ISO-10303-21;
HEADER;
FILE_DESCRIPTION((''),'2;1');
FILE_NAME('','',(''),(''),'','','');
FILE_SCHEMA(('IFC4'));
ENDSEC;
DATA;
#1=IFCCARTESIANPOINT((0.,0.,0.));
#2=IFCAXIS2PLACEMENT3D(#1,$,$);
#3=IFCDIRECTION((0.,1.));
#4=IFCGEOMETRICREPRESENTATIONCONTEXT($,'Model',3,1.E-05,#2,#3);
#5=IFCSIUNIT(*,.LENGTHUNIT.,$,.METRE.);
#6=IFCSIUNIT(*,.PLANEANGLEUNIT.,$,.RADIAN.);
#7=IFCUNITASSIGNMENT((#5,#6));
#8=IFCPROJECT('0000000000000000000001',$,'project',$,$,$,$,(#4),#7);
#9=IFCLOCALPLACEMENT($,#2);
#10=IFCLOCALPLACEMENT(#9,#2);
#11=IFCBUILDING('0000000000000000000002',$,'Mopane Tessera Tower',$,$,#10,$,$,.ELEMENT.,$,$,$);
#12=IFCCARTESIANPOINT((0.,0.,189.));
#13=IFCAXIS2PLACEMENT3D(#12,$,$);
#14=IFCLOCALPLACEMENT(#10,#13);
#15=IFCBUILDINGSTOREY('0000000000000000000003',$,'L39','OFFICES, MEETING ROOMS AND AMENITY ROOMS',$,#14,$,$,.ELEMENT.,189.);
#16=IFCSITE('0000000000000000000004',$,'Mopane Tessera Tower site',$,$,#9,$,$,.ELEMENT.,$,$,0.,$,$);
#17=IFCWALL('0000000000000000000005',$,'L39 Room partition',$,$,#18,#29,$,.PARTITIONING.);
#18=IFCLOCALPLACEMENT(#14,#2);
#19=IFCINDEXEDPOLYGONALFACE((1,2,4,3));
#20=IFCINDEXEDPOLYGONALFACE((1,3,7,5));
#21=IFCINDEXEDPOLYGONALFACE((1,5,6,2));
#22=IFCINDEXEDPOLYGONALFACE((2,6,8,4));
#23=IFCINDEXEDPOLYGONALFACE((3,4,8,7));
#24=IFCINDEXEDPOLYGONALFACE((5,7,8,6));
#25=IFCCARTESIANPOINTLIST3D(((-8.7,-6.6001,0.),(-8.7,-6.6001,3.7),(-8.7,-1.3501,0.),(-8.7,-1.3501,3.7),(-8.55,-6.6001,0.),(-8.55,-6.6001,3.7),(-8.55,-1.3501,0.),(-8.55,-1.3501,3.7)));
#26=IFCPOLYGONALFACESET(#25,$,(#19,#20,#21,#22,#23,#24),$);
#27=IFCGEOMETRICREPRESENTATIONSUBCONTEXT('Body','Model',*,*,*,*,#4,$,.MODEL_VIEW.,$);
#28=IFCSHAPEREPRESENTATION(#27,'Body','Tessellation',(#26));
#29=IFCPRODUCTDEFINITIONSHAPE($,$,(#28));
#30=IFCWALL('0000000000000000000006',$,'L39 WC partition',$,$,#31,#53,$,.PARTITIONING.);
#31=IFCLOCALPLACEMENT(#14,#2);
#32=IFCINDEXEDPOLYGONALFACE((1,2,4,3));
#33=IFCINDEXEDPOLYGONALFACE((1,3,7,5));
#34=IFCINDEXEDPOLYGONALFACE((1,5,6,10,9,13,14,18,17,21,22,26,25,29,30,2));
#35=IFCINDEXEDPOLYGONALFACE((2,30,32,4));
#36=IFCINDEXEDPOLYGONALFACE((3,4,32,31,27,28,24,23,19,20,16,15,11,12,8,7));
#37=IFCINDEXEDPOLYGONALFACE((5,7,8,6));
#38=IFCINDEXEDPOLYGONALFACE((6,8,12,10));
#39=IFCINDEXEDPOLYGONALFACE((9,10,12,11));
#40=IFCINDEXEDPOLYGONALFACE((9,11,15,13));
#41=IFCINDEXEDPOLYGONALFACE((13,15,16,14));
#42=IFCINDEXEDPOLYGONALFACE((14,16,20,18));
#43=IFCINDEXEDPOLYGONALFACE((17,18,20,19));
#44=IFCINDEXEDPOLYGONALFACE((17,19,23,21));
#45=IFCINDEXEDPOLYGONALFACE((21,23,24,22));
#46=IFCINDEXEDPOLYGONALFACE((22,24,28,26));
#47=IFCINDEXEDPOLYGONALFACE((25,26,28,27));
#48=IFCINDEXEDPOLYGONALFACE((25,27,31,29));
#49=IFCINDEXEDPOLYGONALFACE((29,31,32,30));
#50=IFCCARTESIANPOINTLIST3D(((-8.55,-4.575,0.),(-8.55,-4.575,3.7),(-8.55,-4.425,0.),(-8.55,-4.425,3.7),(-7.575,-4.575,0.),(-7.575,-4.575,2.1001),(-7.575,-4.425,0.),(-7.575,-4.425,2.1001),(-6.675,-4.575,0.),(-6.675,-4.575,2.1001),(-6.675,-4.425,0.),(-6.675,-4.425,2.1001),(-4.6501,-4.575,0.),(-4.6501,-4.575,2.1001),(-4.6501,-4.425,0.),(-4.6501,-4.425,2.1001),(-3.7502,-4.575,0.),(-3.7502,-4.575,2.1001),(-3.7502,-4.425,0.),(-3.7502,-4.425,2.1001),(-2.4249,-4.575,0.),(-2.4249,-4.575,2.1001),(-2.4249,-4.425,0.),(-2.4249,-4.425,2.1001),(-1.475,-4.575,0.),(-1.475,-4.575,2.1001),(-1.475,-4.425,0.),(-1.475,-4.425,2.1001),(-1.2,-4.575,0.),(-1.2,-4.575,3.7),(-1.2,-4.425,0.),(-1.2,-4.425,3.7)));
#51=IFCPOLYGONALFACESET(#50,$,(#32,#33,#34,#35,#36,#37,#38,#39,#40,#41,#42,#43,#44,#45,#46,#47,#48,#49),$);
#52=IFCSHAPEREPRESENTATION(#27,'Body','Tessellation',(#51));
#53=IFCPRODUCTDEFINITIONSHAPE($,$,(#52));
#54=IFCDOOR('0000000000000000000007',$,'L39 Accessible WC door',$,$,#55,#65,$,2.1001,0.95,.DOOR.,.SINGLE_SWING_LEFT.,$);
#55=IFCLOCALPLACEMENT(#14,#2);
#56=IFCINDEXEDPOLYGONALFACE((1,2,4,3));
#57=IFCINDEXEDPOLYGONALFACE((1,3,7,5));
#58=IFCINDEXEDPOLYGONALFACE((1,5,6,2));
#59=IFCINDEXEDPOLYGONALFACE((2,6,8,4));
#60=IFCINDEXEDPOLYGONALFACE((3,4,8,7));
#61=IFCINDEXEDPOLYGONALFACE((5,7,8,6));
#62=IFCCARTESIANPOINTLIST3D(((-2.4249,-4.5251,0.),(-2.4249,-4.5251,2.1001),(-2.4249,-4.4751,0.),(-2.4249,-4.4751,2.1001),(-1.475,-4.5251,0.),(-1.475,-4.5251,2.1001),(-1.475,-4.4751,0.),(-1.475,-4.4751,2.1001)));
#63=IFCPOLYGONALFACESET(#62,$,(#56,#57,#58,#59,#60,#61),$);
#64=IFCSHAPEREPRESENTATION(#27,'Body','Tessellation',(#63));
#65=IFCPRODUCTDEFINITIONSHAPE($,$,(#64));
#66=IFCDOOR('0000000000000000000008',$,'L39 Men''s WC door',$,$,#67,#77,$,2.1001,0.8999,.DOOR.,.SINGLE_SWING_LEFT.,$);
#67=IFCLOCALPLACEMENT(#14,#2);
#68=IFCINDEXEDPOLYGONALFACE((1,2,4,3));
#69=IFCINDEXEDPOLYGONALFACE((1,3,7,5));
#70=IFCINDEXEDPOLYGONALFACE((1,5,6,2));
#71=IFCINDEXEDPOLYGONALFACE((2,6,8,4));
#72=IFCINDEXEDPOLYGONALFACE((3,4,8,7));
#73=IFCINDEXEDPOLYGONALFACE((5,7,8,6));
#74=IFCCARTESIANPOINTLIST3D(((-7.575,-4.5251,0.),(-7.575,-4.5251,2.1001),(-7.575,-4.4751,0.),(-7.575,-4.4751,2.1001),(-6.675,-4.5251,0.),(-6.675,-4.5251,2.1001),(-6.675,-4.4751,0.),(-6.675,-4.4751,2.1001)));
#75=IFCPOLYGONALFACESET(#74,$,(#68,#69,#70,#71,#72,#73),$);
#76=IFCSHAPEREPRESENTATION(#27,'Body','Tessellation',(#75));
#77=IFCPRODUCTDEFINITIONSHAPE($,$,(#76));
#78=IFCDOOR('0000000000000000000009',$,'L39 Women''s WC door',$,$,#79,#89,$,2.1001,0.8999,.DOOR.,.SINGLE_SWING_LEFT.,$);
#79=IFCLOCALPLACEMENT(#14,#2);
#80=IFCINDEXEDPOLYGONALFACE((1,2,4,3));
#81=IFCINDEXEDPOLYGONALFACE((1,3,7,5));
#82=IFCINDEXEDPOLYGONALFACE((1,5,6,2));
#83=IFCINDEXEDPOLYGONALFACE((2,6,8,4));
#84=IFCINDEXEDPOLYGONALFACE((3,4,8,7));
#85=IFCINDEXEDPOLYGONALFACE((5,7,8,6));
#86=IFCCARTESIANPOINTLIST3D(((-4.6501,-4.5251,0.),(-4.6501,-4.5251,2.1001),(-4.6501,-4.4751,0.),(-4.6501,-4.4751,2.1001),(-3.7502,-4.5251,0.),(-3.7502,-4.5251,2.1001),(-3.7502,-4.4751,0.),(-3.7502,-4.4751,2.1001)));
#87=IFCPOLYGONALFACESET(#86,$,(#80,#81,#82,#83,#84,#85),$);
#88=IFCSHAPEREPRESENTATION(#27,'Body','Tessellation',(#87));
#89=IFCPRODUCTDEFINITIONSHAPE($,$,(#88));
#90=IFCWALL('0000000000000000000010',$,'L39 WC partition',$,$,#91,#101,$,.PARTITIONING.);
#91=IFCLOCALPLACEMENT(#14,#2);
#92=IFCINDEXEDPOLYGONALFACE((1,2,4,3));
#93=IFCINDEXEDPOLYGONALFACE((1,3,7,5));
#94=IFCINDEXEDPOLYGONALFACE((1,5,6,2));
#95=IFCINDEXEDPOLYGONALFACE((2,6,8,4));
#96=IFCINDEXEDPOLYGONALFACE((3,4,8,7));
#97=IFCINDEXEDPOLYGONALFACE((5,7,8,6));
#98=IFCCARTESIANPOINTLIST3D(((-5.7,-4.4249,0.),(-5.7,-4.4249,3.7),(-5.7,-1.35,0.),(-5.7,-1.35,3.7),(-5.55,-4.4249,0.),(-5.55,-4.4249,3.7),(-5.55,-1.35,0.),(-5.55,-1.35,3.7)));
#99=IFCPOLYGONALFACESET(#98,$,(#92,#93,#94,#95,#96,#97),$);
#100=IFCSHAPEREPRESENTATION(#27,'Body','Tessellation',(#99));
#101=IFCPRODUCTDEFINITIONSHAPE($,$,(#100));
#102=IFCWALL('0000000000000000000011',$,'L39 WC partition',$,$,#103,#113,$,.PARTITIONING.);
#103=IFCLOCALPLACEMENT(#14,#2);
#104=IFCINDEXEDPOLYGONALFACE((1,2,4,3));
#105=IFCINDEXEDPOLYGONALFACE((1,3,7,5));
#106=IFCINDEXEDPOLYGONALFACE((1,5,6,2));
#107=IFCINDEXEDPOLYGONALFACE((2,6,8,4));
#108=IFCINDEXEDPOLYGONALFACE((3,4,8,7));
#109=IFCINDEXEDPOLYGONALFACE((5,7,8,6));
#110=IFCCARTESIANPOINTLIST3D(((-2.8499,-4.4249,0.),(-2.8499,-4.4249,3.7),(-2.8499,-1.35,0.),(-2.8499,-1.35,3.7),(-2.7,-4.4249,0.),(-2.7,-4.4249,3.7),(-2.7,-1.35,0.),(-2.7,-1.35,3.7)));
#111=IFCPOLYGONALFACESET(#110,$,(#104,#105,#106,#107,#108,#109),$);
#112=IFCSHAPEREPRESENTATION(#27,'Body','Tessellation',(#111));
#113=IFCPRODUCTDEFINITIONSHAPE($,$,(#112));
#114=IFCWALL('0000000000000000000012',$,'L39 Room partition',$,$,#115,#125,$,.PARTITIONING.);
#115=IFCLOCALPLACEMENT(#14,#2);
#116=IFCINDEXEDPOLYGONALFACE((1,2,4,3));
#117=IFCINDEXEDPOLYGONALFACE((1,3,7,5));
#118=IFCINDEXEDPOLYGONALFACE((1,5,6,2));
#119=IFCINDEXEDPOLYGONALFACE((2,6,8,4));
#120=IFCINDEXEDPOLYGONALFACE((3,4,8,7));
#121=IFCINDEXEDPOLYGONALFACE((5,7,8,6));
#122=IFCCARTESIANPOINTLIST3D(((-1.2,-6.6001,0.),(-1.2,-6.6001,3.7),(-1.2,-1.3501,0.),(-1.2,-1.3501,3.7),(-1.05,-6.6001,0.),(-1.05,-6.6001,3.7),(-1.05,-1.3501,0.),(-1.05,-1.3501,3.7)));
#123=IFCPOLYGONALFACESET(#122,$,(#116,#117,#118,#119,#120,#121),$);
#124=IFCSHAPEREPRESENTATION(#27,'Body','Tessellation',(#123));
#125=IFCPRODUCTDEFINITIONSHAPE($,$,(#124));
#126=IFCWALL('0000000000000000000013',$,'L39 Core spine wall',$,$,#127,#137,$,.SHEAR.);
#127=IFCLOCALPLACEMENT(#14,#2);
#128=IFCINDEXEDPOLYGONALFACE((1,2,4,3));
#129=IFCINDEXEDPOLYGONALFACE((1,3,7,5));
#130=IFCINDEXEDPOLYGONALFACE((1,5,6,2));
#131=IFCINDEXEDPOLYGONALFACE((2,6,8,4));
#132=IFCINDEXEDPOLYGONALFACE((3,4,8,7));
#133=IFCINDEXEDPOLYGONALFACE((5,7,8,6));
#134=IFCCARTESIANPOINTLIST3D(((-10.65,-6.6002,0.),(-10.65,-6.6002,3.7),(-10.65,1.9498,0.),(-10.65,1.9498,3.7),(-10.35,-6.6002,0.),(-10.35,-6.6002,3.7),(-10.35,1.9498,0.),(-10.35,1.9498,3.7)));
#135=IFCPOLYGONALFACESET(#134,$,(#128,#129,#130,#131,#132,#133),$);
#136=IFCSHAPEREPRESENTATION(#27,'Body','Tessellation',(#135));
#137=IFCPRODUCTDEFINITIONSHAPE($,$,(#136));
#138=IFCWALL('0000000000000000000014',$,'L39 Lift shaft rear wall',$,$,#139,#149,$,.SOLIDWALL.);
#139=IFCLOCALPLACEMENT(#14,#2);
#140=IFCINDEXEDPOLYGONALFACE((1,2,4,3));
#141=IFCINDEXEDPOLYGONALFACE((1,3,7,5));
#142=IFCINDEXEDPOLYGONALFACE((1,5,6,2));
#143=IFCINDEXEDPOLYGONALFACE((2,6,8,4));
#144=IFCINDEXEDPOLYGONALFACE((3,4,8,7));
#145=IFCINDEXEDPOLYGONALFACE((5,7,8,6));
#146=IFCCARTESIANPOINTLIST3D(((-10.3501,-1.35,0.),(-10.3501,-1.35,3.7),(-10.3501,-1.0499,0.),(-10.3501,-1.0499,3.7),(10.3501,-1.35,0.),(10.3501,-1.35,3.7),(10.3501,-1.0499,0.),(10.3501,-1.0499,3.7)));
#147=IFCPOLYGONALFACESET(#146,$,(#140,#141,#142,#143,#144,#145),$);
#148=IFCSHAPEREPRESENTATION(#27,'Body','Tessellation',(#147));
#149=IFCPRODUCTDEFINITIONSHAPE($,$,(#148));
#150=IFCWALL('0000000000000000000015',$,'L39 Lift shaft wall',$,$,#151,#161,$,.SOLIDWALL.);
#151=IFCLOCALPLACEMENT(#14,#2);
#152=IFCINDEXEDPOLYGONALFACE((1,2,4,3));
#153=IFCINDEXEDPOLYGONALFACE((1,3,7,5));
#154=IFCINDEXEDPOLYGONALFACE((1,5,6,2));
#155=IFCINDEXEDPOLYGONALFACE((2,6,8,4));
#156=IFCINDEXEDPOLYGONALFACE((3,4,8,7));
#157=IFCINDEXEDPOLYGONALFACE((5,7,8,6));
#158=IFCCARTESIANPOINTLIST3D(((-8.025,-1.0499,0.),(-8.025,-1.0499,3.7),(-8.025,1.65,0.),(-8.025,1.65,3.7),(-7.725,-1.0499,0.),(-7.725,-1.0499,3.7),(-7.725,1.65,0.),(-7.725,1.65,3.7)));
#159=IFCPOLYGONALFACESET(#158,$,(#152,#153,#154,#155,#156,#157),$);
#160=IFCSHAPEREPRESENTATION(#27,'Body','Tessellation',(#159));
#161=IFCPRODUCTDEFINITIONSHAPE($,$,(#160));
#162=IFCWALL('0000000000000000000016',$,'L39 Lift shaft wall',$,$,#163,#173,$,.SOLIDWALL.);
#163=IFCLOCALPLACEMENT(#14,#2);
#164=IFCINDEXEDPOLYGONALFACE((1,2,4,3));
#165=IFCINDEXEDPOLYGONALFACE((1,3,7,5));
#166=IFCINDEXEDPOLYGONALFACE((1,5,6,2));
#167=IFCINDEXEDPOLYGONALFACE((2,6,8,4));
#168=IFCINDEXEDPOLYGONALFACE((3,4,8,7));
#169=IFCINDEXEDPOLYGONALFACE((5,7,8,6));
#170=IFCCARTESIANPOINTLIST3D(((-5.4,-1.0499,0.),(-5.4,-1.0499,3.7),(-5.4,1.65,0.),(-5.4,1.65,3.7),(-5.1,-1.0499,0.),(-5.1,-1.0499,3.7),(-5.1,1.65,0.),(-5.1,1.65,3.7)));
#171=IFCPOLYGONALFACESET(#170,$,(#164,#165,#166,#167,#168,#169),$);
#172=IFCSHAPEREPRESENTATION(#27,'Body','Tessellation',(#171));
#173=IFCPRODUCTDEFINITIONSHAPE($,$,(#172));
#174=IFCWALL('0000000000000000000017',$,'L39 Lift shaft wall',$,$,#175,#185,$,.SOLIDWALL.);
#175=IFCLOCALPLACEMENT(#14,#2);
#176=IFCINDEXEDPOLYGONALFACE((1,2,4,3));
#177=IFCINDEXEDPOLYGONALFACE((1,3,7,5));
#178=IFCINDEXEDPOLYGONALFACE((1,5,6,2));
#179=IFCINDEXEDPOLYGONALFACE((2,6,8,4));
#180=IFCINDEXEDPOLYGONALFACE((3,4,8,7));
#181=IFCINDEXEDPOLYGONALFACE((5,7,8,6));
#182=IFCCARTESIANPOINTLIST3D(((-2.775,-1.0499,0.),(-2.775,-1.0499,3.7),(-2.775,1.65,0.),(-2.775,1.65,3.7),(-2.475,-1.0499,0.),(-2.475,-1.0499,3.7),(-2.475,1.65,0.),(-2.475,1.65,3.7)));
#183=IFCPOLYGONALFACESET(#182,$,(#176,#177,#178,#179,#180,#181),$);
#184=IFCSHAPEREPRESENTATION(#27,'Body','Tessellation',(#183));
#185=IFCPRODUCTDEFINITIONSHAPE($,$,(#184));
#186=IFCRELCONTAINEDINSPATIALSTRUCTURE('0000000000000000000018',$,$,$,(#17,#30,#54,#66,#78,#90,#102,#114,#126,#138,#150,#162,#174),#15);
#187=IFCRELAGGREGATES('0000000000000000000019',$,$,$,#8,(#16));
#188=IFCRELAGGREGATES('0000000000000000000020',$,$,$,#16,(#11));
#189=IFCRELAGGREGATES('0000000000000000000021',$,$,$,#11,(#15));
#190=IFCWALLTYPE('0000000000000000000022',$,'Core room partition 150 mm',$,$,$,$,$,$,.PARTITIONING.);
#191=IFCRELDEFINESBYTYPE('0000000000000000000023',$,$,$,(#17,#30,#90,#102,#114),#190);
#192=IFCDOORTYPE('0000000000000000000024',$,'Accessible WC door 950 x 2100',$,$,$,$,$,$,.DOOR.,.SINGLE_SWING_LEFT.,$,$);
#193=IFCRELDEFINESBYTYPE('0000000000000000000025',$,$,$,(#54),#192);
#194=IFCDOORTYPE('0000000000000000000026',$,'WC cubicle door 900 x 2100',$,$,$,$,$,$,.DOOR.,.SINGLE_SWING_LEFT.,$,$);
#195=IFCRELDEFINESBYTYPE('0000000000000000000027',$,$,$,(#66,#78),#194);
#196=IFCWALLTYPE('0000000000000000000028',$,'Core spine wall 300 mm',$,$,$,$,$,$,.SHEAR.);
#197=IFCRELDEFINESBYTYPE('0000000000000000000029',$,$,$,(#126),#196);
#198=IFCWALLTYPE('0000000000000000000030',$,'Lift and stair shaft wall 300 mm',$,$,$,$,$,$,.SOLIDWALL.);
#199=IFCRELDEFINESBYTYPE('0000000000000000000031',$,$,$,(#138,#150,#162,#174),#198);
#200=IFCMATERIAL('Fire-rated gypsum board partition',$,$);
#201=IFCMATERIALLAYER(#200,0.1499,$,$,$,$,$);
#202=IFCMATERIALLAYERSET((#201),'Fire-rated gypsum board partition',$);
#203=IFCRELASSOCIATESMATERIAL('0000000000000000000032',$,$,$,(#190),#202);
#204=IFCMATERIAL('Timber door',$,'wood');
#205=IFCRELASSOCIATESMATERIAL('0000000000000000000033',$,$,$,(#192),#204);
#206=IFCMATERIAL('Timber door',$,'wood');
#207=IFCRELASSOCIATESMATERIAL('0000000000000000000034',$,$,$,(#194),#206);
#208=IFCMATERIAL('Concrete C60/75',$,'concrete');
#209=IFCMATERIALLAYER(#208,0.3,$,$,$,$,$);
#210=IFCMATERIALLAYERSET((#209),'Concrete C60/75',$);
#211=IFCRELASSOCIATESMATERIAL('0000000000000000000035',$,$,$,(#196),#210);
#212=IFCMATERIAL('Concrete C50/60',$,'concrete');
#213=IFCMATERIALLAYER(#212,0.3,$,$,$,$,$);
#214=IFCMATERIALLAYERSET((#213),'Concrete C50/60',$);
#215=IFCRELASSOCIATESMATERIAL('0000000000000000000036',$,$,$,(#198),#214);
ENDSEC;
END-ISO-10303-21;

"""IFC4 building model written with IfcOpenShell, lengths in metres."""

from ifc_helpers import new_model, si_unit, direction, frame, frame_2d, origin, place, context, subcontext, project, spatial, rectangle, extrude, material, layer, layer_set, type_object, element, fill, save


model = new_model("IFC4")

# Units and contexts
model_context = context("Model", 3, precision=1e-05, world=origin(), true_north=direction((0.0, 1.0)))
body_context = subcontext(model_context, "Body", "Model", "MODEL_VIEW")
ifc_project = project(units=[si_unit("LENGTHUNIT", "METRE"), si_unit("PLANEANGLEUNIT", "RADIAN")], contexts=[model_context])

# Site, building, storey
site_placement = place(None, origin())
site = spatial("IfcSite", under=ifc_project, at=site_placement, Name="Mopane Tessera Tower site", CompositionType="ELEMENT", RefElevation=0.0)
building_placement = place(site_placement, origin())
building = spatial("IfcBuilding", under=site, at=building_placement, Name="Mopane Tessera Tower", CompositionType="ELEMENT")
storey_placement = place(building_placement, frame((0.0, 0.0, 189.0)))
storey = spatial("IfcBuildingStorey", under=building, at=storey_placement, Name="L39", Description="OFFICES, MEETING ROOMS AND AMENITY ROOMS", CompositionType="ELEMENT", Elevation=189.0)

# Wall
ifc_material_1 = material(Name="Fire-rated gypsum board partition")
ifc_layer_1 = layer(ifc_material_1, 0.1499)
ifc_layer_set_1 = layer_set([ifc_layer_1], Name="Fire-rated gypsum board partition")
wall_type_1 = type_object("IfcWallType", Name="Core room partition 150 mm", PredefinedType="PARTITIONING", material=ifc_layer_set_1)
wall_1_placement = place(storey_placement, frame((-8.625, -6.6001, 0.0), z_axis=(0.0, 0.0, 1.0), x_axis=(0.0, 1.0, 0.0)))
element("IfcWall", 1, at=wall_1_placement, inside=storey, type_object=wall_type_1, Name="L39 Room partition", PredefinedType="PARTITIONING", context=body_context, shape_type="SweptSolid", body=[
    extrude(rectangle(XDim=5.25, YDim=0.1499, at=frame_2d((2.625, 0.0))), origin(), (0.0, 0.0, 1.0), 3.7),
])

# Wall, openings, doors
wall_2_placement = place(storey_placement, frame((-8.55, -4.5, 0.0), z_axis=(0.0, 0.0, 1.0), x_axis=(1.0, 0.0, 0.0)))
wall_2 = element("IfcWall", 2, at=wall_2_placement, inside=storey, type_object=wall_type_1, Name="L39 WC partition", PredefinedType="PARTITIONING", context=body_context, shape_type="SweptSolid", body=[
    extrude(rectangle(XDim=7.3501, YDim=0.1499, at=frame_2d((3.675, 0.0))), origin(), (0.0, 0.0, 1.0), 3.7),
])
opening_1_placement = place(wall_2_placement, frame((0.9751, 0.0, 0.0)))
opening_1 = element("IfcOpeningElement", 3, at=opening_1_placement, cuts=wall_2, PredefinedType="OPENING", context=body_context, shape_type="SweptSolid", body=[
    extrude(rectangle(XDim=0.8999, YDim=2.1001, at=frame_2d((0.45, 1.05))), frame((0.0, 0.0869, 0.0), z_axis=(0.0, -1.0, 0.0), x_axis=(1.0, 0.0, 0.0)), (0.0, 0.0, 1.0), 0.1738),
])
opening_2_placement = place(wall_2_placement, frame((3.8999, 0.0, 0.0)))
opening_2 = element("IfcOpeningElement", 4, at=opening_2_placement, cuts=wall_2, PredefinedType="OPENING", context=body_context, shape_type="SweptSolid", body=[
    extrude(rectangle(XDim=0.8999, YDim=2.1001, at=frame_2d((0.45, 1.05))), frame((0.0, 0.0869, 0.0), z_axis=(0.0, -1.0, 0.0), x_axis=(1.0, 0.0, 0.0)), (0.0, 0.0, 1.0), 0.1738),
])
opening_3_placement = place(wall_2_placement, frame((6.125, 0.0, 0.0)))
opening_3 = element("IfcOpeningElement", 5, at=opening_3_placement, cuts=wall_2, PredefinedType="OPENING", context=body_context, shape_type="SweptSolid", body=[
    extrude(rectangle(XDim=0.95, YDim=2.1001, at=frame_2d((0.4751, 1.05))), frame((0.0, 0.0869, 0.0), z_axis=(0.0, -1.0, 0.0), x_axis=(1.0, 0.0, 0.0)), (0.0, 0.0, 1.0), 0.1738),
])
ifc_material_2 = material(Name="Timber door", Category="wood")
door_type_1 = type_object("IfcDoorType", Name="Accessible WC door 950 x 2100", OperationType="SINGLE_SWING_LEFT", PredefinedType="DOOR", material=ifc_material_2)
door_1_placement = place(opening_3_placement, origin())
door_1 = element("IfcDoor", 6, at=door_1_placement, inside=storey, type_object=door_type_1, Name="L39 Accessible WC door", OperationType="SINGLE_SWING_LEFT", OverallHeight=2.1001, OverallWidth=0.95, PredefinedType="DOOR", context=body_context, shape_type="SweptSolid", body=[
    extrude(rectangle(XDim=0.95, YDim=2.1001, at=frame_2d((0.4751, 1.05))), frame((0.0, 0.0249, 0.0), z_axis=(0.0, -1.0, 0.0), x_axis=(1.0, 0.0, 0.0)), (0.0, 0.0, 1.0), 0.05),
])
fill(opening_3, door_1)
ifc_material_3 = material(Name="Timber door", Category="wood")
door_type_2 = type_object("IfcDoorType", Name="WC cubicle door 900 x 2100", OperationType="SINGLE_SWING_LEFT", PredefinedType="DOOR", material=ifc_material_3)
door_2_placement = place(opening_1_placement, origin())
door_2 = element("IfcDoor", 7, at=door_2_placement, inside=storey, type_object=door_type_2, Name="L39 Men's WC door", OperationType="SINGLE_SWING_LEFT", OverallHeight=2.1001, OverallWidth=0.8999, PredefinedType="DOOR", context=body_context, shape_type="SweptSolid", body=[
    extrude(rectangle(XDim=0.8999, YDim=2.1001, at=frame_2d((0.45, 1.05))), frame((0.0, 0.0249, 0.0), z_axis=(0.0, -1.0, 0.0), x_axis=(1.0, 0.0, 0.0)), (0.0, 0.0, 1.0), 0.05),
])
fill(opening_1, door_2)
door_3_placement = place(opening_2_placement, origin())
door_3 = element("IfcDoor", 8, at=door_3_placement, inside=storey, type_object=door_type_2, Name="L39 Women's WC door", OperationType="SINGLE_SWING_LEFT", OverallHeight=2.1001, OverallWidth=0.8999, PredefinedType="DOOR", context=body_context, shape_type="SweptSolid", body=[
    extrude(rectangle(XDim=0.8999, YDim=2.1001, at=frame_2d((0.45, 1.05))), frame((0.0, 0.0249, 0.0), z_axis=(0.0, -1.0, 0.0), x_axis=(1.0, 0.0, 0.0)), (0.0, 0.0, 1.0), 0.05),
])
fill(opening_2, door_3)

# Walls
for number, where, z_axis, x_axis, name in (
    (9, (-5.625, -4.425, 0.0), (0.0, 0.0, 1.0), (0.0, 1.0, 0.0), "L39 WC partition"),
    (10, (-2.7749, -4.425, 0.0), (0.0, 0.0, 1.0), (0.0, 1.0, 0.0), "L39 WC partition"),
):
    element("IfcWall", number, at=place(storey_placement, frame(where, z_axis=z_axis, x_axis=x_axis)), inside=storey, type_object=wall_type_1, Name=name, PredefinedType="PARTITIONING", context=body_context, shape_type="SweptSolid", body=[
        extrude(rectangle(XDim=3.075, YDim=0.1499, at=frame_2d((1.5376, 0.0))), origin(), (0.0, 0.0, 1.0), 3.7),
    ])
wall_3_placement = place(storey_placement, frame((-1.125, -6.6001, 0.0), z_axis=(0.0, 0.0, 1.0), x_axis=(0.0, 1.0, 0.0)))
element("IfcWall", 11, at=wall_3_placement, inside=storey, type_object=wall_type_1, Name="L39 Room partition", PredefinedType="PARTITIONING", context=body_context, shape_type="SweptSolid", body=[
    extrude(rectangle(XDim=5.25, YDim=0.1499, at=frame_2d((2.625, 0.0))), origin(), (0.0, 0.0, 1.0), 3.7),
])
ifc_material_4 = material(Name="Concrete C60/75", Category="concrete")
ifc_layer_2 = layer(ifc_material_4, 0.3)
ifc_layer_set_2 = layer_set([ifc_layer_2], Name="Concrete C60/75")
wall_type_2 = type_object("IfcWallType", Name="Core spine wall 300 mm", PredefinedType="SHEAR", material=ifc_layer_set_2)
wall_4_placement = place(storey_placement, frame((-10.5, -6.6001, 0.0), z_axis=(0.0, 0.0, 1.0), x_axis=(0.0, 1.0, 0.0)))
element("IfcWall", 12, at=wall_4_placement, inside=storey, type_object=wall_type_2, Name="L39 Core spine wall", PredefinedType="SHEAR", context=body_context, shape_type="SweptSolid", body=[
    extrude(rectangle(XDim=8.55, YDim=0.3, at=frame_2d((4.2749, 0.0))), origin(), (0.0, 0.0, 1.0), 3.7),
])
ifc_material_5 = material(Name="Concrete C50/60", Category="concrete")
ifc_layer_3 = layer(ifc_material_5, 0.3)
ifc_layer_set_3 = layer_set([ifc_layer_3], Name="Concrete C50/60")
wall_type_3 = type_object("IfcWallType", Name="Lift and stair shaft wall 300 mm", PredefinedType="SOLIDWALL", material=ifc_layer_set_3)
wall_5_placement = place(storey_placement, frame((-10.3501, -1.2, 0.0), z_axis=(0.0, 0.0, 1.0), x_axis=(1.0, 0.0, 0.0)))
element("IfcWall", 13, at=wall_5_placement, inside=storey, type_object=wall_type_3, Name="L39 Lift shaft rear wall", PredefinedType="SOLIDWALL", context=body_context, shape_type="SweptSolid", body=[
    extrude(rectangle(XDim=20.7002, YDim=0.3, at=frame_2d((10.3501, 0.0))), origin(), (0.0, 0.0, 1.0), 3.7),
])
for number, where, z_axis, x_axis, name in (
    (14, (-7.875, -1.05, 0.0), (0.0, 0.0, 1.0), (0.0, 1.0, 0.0), "L39 Lift shaft wall"),
    (15, (-5.25, -1.05, 0.0), (0.0, 0.0, 1.0), (0.0, 1.0, 0.0), "L39 Lift shaft wall"),
    (16, (-2.625, -1.05, 0.0), (0.0, 0.0, 1.0), (0.0, 1.0, 0.0), "L39 Lift shaft wall"),
):
    element("IfcWall", number, at=place(storey_placement, frame(where, z_axis=z_axis, x_axis=x_axis)), inside=storey, type_object=wall_type_3, Name=name, PredefinedType="SOLIDWALL", context=body_context, shape_type="SweptSolid", body=[
        extrude(rectangle(XDim=2.7, YDim=0.3, at=frame_2d((1.3501, 0.0))), origin(), (0.0, 0.0, 1.0), 3.7),
    ])

save(model, "model.ifc")
